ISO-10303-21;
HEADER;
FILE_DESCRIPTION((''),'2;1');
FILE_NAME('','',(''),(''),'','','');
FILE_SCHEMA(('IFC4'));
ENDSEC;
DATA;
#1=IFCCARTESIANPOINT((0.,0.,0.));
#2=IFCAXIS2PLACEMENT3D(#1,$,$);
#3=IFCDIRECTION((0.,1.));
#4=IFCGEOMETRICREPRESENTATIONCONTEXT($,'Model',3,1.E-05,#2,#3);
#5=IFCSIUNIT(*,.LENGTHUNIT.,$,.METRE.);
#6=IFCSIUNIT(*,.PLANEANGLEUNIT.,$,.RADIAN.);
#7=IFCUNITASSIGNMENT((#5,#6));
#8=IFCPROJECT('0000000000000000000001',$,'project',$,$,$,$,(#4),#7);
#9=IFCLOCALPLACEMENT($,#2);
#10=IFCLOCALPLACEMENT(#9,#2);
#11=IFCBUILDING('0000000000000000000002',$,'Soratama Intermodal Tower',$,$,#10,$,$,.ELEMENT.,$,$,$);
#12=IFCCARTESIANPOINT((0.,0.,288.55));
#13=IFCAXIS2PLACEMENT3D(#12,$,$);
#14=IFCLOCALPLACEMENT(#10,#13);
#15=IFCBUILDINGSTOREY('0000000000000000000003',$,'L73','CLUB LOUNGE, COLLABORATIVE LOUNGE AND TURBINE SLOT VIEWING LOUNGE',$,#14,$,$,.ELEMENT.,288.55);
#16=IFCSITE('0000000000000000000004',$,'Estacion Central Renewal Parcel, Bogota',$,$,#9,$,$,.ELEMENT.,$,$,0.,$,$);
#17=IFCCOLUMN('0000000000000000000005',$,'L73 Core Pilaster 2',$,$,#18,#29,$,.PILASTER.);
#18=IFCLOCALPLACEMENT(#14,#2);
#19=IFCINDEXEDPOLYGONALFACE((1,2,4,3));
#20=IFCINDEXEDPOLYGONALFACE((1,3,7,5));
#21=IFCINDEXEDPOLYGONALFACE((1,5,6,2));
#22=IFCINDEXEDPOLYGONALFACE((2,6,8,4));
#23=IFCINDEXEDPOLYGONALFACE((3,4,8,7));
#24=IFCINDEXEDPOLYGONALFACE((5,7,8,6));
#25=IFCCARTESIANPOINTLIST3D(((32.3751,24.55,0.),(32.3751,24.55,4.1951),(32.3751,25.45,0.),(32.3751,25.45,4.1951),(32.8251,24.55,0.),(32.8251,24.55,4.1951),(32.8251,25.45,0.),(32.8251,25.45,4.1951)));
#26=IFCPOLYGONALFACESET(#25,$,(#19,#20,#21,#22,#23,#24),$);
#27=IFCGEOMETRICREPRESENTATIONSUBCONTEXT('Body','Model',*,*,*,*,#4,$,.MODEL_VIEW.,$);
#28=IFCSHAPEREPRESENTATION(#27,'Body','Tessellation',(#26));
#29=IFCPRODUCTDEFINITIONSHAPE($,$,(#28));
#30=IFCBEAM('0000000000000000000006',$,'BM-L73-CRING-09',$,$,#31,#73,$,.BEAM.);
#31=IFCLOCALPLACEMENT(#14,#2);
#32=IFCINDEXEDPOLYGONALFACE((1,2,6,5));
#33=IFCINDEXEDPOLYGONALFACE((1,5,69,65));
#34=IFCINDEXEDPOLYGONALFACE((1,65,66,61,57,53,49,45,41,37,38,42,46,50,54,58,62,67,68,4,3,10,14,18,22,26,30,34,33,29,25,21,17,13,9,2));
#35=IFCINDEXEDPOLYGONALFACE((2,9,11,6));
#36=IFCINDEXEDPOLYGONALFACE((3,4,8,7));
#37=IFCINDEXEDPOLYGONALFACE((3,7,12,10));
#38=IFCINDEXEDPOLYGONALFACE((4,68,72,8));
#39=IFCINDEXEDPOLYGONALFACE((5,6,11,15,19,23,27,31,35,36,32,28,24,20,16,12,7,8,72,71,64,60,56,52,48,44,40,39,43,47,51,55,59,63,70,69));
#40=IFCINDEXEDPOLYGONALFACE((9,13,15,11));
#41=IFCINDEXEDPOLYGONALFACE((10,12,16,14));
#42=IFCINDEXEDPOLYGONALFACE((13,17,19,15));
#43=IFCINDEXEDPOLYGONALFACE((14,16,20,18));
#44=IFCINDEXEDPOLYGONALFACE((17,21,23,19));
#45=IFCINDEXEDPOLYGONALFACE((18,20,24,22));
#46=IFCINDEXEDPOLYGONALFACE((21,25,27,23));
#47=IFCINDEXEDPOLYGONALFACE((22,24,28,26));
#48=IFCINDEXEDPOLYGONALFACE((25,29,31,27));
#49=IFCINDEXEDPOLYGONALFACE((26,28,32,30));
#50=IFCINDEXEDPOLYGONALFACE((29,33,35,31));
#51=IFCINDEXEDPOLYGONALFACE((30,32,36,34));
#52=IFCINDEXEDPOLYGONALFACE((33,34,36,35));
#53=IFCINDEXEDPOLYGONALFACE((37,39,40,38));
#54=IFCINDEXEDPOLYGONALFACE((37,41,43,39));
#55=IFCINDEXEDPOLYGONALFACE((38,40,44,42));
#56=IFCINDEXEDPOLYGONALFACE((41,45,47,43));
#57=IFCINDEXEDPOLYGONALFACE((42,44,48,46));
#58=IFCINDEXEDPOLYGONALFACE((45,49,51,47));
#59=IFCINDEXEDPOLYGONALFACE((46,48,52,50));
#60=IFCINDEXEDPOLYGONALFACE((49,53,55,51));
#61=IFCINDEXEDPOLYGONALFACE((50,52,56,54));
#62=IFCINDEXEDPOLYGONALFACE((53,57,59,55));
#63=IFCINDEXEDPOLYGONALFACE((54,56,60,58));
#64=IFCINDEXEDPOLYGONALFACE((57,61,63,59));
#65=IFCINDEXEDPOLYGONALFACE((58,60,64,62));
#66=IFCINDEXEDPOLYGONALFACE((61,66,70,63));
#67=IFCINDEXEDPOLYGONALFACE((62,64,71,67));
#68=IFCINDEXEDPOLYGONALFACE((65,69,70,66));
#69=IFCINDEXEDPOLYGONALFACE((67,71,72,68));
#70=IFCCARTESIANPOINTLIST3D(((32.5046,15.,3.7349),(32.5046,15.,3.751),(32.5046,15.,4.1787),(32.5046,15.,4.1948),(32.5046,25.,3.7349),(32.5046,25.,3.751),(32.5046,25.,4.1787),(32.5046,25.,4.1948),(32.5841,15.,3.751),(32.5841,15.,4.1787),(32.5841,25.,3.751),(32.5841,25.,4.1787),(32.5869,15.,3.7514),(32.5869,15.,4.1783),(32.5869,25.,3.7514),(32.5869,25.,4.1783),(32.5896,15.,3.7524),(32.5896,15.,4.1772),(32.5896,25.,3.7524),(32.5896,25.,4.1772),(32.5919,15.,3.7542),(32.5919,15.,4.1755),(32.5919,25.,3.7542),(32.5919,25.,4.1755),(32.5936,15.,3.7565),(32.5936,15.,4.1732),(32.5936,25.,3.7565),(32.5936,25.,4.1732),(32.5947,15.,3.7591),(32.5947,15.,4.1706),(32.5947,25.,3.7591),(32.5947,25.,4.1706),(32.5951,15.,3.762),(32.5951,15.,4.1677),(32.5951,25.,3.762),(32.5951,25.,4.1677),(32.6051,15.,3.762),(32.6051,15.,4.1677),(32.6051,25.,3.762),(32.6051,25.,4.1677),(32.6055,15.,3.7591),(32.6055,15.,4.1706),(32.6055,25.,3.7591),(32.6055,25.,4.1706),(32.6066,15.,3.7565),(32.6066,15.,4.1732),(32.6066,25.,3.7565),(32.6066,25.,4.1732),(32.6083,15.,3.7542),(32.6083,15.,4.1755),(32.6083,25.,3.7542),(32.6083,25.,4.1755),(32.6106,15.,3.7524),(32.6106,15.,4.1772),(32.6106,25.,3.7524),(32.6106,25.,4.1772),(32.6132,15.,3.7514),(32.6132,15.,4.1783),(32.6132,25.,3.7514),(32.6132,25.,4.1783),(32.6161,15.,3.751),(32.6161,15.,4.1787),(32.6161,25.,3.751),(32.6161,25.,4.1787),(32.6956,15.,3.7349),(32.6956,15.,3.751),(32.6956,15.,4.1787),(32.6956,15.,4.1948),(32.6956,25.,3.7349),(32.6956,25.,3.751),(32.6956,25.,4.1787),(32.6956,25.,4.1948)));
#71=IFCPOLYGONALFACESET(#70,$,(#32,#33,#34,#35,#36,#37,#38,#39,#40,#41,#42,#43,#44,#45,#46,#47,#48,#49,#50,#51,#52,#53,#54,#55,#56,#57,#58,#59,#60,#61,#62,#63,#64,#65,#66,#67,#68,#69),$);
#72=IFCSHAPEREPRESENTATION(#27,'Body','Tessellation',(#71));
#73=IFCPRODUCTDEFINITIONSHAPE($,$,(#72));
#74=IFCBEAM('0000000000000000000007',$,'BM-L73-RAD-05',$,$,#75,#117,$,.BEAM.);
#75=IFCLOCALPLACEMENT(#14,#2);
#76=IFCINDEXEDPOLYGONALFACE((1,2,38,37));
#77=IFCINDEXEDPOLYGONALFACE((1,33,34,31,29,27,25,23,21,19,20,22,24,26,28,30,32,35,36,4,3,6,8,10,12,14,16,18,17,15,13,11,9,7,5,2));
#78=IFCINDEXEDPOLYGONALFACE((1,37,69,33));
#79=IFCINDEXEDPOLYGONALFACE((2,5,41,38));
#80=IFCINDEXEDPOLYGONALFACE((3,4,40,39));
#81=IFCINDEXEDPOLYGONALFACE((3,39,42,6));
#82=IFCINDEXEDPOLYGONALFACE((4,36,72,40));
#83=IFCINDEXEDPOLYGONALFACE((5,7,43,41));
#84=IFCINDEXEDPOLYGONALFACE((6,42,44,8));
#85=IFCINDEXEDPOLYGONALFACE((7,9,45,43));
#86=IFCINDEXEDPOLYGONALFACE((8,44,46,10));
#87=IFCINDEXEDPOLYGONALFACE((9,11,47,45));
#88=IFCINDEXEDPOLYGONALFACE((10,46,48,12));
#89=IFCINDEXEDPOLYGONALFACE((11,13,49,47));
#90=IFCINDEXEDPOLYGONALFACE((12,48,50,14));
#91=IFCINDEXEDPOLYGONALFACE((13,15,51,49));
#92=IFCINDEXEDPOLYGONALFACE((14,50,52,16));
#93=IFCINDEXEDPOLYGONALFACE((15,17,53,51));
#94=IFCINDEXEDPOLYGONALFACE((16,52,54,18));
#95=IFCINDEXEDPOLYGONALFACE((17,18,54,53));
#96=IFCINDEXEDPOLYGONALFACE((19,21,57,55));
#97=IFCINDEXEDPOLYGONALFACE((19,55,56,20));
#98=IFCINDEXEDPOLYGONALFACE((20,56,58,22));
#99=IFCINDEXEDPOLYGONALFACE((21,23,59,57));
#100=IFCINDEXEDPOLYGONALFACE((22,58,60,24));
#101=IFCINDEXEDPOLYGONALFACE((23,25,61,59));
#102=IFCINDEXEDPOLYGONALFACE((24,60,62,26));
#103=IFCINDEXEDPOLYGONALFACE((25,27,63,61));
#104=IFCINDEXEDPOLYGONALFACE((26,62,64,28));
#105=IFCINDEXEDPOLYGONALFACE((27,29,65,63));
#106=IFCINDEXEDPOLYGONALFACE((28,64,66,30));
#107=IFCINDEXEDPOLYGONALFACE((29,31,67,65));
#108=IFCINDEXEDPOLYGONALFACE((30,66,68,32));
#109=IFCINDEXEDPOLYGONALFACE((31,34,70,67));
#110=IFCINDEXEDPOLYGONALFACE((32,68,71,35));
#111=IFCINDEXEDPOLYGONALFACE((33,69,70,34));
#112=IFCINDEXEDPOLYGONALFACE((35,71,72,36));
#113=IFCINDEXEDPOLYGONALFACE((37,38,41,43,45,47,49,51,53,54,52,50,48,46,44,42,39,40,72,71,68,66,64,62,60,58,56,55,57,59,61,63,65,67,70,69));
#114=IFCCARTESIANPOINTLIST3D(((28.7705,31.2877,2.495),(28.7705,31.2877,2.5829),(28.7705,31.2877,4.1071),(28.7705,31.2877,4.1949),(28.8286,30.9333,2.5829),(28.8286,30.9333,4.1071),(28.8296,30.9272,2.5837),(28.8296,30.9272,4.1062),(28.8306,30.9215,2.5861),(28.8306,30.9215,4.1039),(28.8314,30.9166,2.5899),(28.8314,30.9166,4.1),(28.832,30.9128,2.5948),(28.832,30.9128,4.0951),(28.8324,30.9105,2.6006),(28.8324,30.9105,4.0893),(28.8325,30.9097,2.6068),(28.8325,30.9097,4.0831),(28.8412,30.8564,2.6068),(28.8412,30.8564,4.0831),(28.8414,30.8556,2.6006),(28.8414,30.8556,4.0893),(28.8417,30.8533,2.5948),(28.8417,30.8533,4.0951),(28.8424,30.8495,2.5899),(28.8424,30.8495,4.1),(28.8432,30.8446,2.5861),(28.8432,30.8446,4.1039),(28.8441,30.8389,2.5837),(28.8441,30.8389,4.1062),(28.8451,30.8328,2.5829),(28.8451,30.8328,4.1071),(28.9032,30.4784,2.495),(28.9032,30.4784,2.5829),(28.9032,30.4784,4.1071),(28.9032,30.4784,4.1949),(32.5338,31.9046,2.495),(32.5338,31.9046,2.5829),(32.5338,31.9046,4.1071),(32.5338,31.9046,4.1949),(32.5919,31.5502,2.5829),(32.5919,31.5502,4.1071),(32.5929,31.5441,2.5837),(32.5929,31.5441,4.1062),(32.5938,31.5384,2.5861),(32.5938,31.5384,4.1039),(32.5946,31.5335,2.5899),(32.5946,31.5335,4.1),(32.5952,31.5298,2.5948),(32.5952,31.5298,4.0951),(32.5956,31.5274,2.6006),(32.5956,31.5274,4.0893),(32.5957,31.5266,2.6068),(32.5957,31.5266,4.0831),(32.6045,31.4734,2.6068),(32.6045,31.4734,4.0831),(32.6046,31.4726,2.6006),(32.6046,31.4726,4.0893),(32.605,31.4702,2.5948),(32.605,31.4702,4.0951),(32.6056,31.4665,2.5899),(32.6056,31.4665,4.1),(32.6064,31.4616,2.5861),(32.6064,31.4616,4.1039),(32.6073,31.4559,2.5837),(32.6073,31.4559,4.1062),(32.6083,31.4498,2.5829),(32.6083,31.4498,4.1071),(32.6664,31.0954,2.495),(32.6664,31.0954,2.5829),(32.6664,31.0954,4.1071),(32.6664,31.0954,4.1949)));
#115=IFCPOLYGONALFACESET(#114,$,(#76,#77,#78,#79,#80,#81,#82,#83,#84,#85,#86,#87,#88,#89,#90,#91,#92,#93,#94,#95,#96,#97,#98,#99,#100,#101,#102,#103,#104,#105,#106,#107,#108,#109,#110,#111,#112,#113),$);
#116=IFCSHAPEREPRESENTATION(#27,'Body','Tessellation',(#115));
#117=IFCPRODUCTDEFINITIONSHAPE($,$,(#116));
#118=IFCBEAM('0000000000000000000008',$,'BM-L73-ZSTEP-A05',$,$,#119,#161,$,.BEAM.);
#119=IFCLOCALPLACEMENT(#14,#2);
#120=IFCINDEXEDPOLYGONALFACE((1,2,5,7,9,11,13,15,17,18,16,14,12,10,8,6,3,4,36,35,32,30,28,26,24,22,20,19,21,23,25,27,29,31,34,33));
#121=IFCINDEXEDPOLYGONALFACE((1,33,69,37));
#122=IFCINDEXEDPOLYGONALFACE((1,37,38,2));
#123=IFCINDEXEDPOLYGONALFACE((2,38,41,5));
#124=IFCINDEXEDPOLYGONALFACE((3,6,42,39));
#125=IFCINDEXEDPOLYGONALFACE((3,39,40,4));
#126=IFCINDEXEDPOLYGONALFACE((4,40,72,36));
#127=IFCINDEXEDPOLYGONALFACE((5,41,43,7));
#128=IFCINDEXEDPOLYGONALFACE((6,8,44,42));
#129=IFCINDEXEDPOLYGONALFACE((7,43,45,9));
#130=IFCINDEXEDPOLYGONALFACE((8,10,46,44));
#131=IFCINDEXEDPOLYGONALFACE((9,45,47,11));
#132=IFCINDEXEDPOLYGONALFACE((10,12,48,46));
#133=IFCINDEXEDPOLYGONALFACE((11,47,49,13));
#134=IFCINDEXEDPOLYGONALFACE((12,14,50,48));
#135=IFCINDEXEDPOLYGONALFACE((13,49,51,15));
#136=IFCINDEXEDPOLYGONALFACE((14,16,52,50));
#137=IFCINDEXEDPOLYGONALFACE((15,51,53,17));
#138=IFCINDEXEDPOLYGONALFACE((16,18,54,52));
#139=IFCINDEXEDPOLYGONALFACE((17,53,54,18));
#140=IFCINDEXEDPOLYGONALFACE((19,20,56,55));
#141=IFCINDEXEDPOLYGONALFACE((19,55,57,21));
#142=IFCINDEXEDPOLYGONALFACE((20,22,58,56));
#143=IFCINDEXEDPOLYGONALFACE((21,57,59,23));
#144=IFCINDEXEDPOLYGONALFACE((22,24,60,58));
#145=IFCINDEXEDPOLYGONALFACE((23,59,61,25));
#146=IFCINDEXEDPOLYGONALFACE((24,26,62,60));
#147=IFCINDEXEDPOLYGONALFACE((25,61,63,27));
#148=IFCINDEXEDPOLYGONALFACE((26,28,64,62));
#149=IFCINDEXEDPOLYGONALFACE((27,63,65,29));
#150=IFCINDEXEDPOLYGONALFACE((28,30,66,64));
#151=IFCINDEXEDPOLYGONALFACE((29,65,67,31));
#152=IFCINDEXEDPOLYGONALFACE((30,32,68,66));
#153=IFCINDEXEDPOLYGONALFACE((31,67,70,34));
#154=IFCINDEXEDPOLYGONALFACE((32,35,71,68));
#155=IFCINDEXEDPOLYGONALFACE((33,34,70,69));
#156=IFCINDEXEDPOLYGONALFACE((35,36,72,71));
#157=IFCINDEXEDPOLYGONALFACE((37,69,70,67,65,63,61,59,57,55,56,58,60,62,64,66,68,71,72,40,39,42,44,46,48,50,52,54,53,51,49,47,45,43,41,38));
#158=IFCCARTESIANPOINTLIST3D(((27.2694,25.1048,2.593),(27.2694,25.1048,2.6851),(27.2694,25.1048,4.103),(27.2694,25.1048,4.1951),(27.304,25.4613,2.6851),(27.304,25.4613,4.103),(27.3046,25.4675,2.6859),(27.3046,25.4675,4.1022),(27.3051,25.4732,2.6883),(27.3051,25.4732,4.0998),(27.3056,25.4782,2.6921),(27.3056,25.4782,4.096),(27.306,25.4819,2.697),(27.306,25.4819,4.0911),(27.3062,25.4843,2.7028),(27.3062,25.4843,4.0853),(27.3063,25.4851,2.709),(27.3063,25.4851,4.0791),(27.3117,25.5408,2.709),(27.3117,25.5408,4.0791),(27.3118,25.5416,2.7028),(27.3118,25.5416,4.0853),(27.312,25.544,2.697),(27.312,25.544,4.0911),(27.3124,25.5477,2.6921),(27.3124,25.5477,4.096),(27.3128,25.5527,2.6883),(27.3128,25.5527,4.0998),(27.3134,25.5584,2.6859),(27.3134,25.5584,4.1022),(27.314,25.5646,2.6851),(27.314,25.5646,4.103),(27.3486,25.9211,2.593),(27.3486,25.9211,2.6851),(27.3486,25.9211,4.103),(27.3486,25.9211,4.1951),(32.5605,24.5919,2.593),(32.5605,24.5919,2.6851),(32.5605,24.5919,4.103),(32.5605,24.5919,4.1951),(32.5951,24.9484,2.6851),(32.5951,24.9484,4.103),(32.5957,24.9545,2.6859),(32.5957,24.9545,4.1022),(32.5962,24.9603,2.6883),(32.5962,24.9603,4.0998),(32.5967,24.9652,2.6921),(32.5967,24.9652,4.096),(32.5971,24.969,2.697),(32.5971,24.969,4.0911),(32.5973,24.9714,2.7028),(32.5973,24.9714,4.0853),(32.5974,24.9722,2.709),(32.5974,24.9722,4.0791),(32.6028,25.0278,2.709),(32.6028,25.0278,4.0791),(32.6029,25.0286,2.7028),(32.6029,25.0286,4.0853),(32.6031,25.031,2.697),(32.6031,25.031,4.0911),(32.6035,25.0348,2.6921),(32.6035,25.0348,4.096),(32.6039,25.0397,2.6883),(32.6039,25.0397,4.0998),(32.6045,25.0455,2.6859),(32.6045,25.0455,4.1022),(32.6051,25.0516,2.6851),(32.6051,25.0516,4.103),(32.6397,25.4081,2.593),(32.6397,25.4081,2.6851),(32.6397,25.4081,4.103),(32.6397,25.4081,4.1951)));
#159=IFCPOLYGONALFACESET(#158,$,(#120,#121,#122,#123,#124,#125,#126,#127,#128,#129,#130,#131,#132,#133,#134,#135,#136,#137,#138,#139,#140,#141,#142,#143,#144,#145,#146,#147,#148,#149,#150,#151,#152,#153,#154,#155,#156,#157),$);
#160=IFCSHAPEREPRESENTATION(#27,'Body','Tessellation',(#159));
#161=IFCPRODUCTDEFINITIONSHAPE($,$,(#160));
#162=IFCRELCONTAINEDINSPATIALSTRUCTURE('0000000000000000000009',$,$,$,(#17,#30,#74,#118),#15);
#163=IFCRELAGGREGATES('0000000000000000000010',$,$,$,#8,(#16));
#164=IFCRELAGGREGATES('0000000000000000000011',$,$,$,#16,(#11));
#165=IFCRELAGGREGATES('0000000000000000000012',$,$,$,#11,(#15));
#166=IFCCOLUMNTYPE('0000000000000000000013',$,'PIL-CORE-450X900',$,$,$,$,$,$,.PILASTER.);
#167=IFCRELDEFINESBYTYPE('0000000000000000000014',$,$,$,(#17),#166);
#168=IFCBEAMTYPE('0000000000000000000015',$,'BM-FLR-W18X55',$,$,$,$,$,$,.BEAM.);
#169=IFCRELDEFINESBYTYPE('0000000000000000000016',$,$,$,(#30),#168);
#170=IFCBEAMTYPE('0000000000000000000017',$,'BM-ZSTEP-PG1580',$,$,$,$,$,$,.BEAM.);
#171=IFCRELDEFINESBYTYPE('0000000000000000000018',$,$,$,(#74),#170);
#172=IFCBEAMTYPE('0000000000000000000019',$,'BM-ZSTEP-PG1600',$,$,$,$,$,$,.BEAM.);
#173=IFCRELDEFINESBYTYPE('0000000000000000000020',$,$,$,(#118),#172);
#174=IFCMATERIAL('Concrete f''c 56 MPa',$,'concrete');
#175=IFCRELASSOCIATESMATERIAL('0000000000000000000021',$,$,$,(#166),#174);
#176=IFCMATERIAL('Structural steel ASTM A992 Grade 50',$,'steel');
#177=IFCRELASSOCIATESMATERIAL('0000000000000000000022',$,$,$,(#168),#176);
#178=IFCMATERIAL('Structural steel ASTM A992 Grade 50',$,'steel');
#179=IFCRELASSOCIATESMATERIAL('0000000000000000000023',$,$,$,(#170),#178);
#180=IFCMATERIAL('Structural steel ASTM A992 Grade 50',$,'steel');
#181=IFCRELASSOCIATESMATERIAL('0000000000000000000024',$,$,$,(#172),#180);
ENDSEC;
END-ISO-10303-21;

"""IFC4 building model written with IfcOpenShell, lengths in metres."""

from ifc_helpers import new_model, si_unit, direction, frame, origin, origin_2d, place, context, subcontext, project, spatial, rectangle, i_section, extrude, material, material_profile, profile_set, type_object, element, save


model = new_model("IFC4")

# Units and contexts
model_context = context("Model", 3, precision=1e-05, world=origin(), true_north=direction((0.0, 1.0)))
body_context = subcontext(model_context, "Body", "Model", "MODEL_VIEW")
ifc_project = project(units=[si_unit("LENGTHUNIT", "METRE"), si_unit("PLANEANGLEUNIT", "RADIAN")], contexts=[model_context])

# Site, building, storey
site_placement = place(None, origin())
site = spatial("IfcSite", under=ifc_project, at=site_placement, Name="Estacion Central Renewal Parcel, Bogota", CompositionType="ELEMENT", RefElevation=0.0)
building_placement = place(site_placement, origin())
building = spatial("IfcBuilding", under=site, at=building_placement, Name="Soratama Intermodal Tower", CompositionType="ELEMENT")
storey_placement = place(building_placement, frame((0.0, 0.0, 288.55)))
storey = spatial("IfcBuildingStorey", under=building, at=storey_placement, Name="L73", Description="CLUB LOUNGE, COLLABORATIVE LOUNGE AND TURBINE SLOT VIEWING LOUNGE", CompositionType="ELEMENT", Elevation=288.55)

# Column
ifc_material_1 = material(Name="Concrete f'c 56 MPa", Category="concrete")
ifc_material_profile_1 = material_profile(ifc_material_1, rectangle(XDim=0.45, YDim=0.8999, at=origin_2d()), Name="RC450X900")
ifc_profile_set_1 = profile_set([ifc_material_profile_1], Name="Concrete f'c 56 MPa")
column_type = type_object("IfcColumnType", Name="PIL-CORE-450X900", PredefinedType="PILASTER", material=ifc_profile_set_1)
column_placement = place(storey_placement, frame((32.6001, 25.0, 0.0), z_axis=(0.0, 0.0, 1.0), x_axis=(1.0, 0.0, 0.0)))
element("IfcColumn", 1, at=column_placement, inside=storey, type_object=column_type, Name="L73 Core Pilaster 2", PredefinedType="PILASTER", context=body_context, shape_type="SweptSolid", body=[
    extrude(rectangle(XDim=0.45, YDim=0.8999, at=origin_2d()), origin(), (0.0, 0.0, 1.0), 4.1951),
])

# Beams
ifc_material_2 = material(Name="Structural steel ASTM A992 Grade 50", Category="steel")
ifc_material_profile_2 = material_profile(ifc_material_2, i_section(OverallWidth=0.1909, OverallDepth=0.46, WebThickness=0.01, FlangeThickness=0.0161, FilletRadius=0.011, at=origin_2d()), Name="W18X55")
ifc_profile_set_2 = profile_set([ifc_material_profile_2], Name="Structural steel ASTM A992 Grade 50")
beam_type_1 = type_object("IfcBeamType", Name="BM-FLR-W18X55", PredefinedType="BEAM", material=ifc_profile_set_2)
beam_1_placement = place(storey_placement, frame((32.6001, 25.0, 3.9648), z_axis=(0.0, -1.0, 0.0), x_axis=(1.0, 0.0, 0.0)))
element("IfcBeam", 2, at=beam_1_placement, inside=storey, type_object=beam_type_1, Name="BM-L73-CRING-09", PredefinedType="BEAM", context=body_context, shape_type="SweptSolid", body=[
    extrude(i_section(OverallWidth=0.1909, OverallDepth=0.46, WebThickness=0.01, FlangeThickness=0.0161, FilletRadius=0.011, at=origin_2d()), origin(), (0.0, 0.0, 1.0), 10.0),
])
ifc_material_3 = material(Name="Structural steel ASTM A992 Grade 50", Category="steel")
ifc_material_profile_3 = material_profile(ifc_material_3, i_section(OverallWidth=0.8201, OverallDepth=1.7, WebThickness=0.054, FlangeThickness=0.0879, FilletRadius=0.0239, at=origin_2d()), Name="PG1580X800")
ifc_profile_set_3 = profile_set([ifc_material_profile_3], Name="Structural steel ASTM A992 Grade 50")
beam_type_2 = type_object("IfcBeamType", Name="BM-ZSTEP-PG1580", PredefinedType="BEAM", material=ifc_profile_set_3)
beam_2_placement = place(storey_placement, frame((32.6001, 31.5, 3.345), z_axis=(-0.986826, -0.161782, 0.0), x_axis=(0.161782, -0.986826, 0.0)))
element("IfcBeam", 3, at=beam_2_placement, inside=storey, type_object=beam_type_2, Name="BM-L73-RAD-05", PredefinedType="BEAM", context=body_context, shape_type="SweptSolid", body=[
    extrude(i_section(OverallWidth=0.8201, OverallDepth=1.7, WebThickness=0.054, FlangeThickness=0.0879, FilletRadius=0.0239, at=origin_2d()), origin(), (0.0, 0.0, 1.0), 3.8135),
])
ifc_material_4 = material(Name="Structural steel ASTM A992 Grade 50", Category="steel")
ifc_material_profile_4 = material_profile(ifc_material_4, i_section(OverallWidth=0.8201, OverallDepth=1.6021, WebThickness=0.0559, FlangeThickness=0.092, FilletRadius=0.0239, at=origin_2d()), Name="PG1600X650")
ifc_profile_set_4 = profile_set([ifc_material_profile_4], Name="Structural steel ASTM A992 Grade 50")
beam_type_3 = type_object("IfcBeamType", Name="BM-ZSTEP-PG1600", PredefinedType="BEAM", material=ifc_profile_set_4)
beam_3_placement = place(storey_placement, frame((32.6001, 25.0, 3.394), z_axis=(-0.995334, 0.096493, 0.0), x_axis=(-0.096493, -0.995334, 0.0)))
element("IfcBeam", 4, at=beam_3_placement, inside=storey, type_object=beam_type_3, Name="BM-L73-ZSTEP-A05", PredefinedType="BEAM", context=body_context, shape_type="SweptSolid", body=[
    extrude(i_section(OverallWidth=0.8201, OverallDepth=1.6021, WebThickness=0.0559, FlangeThickness=0.092, FilletRadius=0.0239, at=origin_2d()), origin(), (0.0, 0.0, 1.0), 5.3159),
])

save(model, "model.ifc")
